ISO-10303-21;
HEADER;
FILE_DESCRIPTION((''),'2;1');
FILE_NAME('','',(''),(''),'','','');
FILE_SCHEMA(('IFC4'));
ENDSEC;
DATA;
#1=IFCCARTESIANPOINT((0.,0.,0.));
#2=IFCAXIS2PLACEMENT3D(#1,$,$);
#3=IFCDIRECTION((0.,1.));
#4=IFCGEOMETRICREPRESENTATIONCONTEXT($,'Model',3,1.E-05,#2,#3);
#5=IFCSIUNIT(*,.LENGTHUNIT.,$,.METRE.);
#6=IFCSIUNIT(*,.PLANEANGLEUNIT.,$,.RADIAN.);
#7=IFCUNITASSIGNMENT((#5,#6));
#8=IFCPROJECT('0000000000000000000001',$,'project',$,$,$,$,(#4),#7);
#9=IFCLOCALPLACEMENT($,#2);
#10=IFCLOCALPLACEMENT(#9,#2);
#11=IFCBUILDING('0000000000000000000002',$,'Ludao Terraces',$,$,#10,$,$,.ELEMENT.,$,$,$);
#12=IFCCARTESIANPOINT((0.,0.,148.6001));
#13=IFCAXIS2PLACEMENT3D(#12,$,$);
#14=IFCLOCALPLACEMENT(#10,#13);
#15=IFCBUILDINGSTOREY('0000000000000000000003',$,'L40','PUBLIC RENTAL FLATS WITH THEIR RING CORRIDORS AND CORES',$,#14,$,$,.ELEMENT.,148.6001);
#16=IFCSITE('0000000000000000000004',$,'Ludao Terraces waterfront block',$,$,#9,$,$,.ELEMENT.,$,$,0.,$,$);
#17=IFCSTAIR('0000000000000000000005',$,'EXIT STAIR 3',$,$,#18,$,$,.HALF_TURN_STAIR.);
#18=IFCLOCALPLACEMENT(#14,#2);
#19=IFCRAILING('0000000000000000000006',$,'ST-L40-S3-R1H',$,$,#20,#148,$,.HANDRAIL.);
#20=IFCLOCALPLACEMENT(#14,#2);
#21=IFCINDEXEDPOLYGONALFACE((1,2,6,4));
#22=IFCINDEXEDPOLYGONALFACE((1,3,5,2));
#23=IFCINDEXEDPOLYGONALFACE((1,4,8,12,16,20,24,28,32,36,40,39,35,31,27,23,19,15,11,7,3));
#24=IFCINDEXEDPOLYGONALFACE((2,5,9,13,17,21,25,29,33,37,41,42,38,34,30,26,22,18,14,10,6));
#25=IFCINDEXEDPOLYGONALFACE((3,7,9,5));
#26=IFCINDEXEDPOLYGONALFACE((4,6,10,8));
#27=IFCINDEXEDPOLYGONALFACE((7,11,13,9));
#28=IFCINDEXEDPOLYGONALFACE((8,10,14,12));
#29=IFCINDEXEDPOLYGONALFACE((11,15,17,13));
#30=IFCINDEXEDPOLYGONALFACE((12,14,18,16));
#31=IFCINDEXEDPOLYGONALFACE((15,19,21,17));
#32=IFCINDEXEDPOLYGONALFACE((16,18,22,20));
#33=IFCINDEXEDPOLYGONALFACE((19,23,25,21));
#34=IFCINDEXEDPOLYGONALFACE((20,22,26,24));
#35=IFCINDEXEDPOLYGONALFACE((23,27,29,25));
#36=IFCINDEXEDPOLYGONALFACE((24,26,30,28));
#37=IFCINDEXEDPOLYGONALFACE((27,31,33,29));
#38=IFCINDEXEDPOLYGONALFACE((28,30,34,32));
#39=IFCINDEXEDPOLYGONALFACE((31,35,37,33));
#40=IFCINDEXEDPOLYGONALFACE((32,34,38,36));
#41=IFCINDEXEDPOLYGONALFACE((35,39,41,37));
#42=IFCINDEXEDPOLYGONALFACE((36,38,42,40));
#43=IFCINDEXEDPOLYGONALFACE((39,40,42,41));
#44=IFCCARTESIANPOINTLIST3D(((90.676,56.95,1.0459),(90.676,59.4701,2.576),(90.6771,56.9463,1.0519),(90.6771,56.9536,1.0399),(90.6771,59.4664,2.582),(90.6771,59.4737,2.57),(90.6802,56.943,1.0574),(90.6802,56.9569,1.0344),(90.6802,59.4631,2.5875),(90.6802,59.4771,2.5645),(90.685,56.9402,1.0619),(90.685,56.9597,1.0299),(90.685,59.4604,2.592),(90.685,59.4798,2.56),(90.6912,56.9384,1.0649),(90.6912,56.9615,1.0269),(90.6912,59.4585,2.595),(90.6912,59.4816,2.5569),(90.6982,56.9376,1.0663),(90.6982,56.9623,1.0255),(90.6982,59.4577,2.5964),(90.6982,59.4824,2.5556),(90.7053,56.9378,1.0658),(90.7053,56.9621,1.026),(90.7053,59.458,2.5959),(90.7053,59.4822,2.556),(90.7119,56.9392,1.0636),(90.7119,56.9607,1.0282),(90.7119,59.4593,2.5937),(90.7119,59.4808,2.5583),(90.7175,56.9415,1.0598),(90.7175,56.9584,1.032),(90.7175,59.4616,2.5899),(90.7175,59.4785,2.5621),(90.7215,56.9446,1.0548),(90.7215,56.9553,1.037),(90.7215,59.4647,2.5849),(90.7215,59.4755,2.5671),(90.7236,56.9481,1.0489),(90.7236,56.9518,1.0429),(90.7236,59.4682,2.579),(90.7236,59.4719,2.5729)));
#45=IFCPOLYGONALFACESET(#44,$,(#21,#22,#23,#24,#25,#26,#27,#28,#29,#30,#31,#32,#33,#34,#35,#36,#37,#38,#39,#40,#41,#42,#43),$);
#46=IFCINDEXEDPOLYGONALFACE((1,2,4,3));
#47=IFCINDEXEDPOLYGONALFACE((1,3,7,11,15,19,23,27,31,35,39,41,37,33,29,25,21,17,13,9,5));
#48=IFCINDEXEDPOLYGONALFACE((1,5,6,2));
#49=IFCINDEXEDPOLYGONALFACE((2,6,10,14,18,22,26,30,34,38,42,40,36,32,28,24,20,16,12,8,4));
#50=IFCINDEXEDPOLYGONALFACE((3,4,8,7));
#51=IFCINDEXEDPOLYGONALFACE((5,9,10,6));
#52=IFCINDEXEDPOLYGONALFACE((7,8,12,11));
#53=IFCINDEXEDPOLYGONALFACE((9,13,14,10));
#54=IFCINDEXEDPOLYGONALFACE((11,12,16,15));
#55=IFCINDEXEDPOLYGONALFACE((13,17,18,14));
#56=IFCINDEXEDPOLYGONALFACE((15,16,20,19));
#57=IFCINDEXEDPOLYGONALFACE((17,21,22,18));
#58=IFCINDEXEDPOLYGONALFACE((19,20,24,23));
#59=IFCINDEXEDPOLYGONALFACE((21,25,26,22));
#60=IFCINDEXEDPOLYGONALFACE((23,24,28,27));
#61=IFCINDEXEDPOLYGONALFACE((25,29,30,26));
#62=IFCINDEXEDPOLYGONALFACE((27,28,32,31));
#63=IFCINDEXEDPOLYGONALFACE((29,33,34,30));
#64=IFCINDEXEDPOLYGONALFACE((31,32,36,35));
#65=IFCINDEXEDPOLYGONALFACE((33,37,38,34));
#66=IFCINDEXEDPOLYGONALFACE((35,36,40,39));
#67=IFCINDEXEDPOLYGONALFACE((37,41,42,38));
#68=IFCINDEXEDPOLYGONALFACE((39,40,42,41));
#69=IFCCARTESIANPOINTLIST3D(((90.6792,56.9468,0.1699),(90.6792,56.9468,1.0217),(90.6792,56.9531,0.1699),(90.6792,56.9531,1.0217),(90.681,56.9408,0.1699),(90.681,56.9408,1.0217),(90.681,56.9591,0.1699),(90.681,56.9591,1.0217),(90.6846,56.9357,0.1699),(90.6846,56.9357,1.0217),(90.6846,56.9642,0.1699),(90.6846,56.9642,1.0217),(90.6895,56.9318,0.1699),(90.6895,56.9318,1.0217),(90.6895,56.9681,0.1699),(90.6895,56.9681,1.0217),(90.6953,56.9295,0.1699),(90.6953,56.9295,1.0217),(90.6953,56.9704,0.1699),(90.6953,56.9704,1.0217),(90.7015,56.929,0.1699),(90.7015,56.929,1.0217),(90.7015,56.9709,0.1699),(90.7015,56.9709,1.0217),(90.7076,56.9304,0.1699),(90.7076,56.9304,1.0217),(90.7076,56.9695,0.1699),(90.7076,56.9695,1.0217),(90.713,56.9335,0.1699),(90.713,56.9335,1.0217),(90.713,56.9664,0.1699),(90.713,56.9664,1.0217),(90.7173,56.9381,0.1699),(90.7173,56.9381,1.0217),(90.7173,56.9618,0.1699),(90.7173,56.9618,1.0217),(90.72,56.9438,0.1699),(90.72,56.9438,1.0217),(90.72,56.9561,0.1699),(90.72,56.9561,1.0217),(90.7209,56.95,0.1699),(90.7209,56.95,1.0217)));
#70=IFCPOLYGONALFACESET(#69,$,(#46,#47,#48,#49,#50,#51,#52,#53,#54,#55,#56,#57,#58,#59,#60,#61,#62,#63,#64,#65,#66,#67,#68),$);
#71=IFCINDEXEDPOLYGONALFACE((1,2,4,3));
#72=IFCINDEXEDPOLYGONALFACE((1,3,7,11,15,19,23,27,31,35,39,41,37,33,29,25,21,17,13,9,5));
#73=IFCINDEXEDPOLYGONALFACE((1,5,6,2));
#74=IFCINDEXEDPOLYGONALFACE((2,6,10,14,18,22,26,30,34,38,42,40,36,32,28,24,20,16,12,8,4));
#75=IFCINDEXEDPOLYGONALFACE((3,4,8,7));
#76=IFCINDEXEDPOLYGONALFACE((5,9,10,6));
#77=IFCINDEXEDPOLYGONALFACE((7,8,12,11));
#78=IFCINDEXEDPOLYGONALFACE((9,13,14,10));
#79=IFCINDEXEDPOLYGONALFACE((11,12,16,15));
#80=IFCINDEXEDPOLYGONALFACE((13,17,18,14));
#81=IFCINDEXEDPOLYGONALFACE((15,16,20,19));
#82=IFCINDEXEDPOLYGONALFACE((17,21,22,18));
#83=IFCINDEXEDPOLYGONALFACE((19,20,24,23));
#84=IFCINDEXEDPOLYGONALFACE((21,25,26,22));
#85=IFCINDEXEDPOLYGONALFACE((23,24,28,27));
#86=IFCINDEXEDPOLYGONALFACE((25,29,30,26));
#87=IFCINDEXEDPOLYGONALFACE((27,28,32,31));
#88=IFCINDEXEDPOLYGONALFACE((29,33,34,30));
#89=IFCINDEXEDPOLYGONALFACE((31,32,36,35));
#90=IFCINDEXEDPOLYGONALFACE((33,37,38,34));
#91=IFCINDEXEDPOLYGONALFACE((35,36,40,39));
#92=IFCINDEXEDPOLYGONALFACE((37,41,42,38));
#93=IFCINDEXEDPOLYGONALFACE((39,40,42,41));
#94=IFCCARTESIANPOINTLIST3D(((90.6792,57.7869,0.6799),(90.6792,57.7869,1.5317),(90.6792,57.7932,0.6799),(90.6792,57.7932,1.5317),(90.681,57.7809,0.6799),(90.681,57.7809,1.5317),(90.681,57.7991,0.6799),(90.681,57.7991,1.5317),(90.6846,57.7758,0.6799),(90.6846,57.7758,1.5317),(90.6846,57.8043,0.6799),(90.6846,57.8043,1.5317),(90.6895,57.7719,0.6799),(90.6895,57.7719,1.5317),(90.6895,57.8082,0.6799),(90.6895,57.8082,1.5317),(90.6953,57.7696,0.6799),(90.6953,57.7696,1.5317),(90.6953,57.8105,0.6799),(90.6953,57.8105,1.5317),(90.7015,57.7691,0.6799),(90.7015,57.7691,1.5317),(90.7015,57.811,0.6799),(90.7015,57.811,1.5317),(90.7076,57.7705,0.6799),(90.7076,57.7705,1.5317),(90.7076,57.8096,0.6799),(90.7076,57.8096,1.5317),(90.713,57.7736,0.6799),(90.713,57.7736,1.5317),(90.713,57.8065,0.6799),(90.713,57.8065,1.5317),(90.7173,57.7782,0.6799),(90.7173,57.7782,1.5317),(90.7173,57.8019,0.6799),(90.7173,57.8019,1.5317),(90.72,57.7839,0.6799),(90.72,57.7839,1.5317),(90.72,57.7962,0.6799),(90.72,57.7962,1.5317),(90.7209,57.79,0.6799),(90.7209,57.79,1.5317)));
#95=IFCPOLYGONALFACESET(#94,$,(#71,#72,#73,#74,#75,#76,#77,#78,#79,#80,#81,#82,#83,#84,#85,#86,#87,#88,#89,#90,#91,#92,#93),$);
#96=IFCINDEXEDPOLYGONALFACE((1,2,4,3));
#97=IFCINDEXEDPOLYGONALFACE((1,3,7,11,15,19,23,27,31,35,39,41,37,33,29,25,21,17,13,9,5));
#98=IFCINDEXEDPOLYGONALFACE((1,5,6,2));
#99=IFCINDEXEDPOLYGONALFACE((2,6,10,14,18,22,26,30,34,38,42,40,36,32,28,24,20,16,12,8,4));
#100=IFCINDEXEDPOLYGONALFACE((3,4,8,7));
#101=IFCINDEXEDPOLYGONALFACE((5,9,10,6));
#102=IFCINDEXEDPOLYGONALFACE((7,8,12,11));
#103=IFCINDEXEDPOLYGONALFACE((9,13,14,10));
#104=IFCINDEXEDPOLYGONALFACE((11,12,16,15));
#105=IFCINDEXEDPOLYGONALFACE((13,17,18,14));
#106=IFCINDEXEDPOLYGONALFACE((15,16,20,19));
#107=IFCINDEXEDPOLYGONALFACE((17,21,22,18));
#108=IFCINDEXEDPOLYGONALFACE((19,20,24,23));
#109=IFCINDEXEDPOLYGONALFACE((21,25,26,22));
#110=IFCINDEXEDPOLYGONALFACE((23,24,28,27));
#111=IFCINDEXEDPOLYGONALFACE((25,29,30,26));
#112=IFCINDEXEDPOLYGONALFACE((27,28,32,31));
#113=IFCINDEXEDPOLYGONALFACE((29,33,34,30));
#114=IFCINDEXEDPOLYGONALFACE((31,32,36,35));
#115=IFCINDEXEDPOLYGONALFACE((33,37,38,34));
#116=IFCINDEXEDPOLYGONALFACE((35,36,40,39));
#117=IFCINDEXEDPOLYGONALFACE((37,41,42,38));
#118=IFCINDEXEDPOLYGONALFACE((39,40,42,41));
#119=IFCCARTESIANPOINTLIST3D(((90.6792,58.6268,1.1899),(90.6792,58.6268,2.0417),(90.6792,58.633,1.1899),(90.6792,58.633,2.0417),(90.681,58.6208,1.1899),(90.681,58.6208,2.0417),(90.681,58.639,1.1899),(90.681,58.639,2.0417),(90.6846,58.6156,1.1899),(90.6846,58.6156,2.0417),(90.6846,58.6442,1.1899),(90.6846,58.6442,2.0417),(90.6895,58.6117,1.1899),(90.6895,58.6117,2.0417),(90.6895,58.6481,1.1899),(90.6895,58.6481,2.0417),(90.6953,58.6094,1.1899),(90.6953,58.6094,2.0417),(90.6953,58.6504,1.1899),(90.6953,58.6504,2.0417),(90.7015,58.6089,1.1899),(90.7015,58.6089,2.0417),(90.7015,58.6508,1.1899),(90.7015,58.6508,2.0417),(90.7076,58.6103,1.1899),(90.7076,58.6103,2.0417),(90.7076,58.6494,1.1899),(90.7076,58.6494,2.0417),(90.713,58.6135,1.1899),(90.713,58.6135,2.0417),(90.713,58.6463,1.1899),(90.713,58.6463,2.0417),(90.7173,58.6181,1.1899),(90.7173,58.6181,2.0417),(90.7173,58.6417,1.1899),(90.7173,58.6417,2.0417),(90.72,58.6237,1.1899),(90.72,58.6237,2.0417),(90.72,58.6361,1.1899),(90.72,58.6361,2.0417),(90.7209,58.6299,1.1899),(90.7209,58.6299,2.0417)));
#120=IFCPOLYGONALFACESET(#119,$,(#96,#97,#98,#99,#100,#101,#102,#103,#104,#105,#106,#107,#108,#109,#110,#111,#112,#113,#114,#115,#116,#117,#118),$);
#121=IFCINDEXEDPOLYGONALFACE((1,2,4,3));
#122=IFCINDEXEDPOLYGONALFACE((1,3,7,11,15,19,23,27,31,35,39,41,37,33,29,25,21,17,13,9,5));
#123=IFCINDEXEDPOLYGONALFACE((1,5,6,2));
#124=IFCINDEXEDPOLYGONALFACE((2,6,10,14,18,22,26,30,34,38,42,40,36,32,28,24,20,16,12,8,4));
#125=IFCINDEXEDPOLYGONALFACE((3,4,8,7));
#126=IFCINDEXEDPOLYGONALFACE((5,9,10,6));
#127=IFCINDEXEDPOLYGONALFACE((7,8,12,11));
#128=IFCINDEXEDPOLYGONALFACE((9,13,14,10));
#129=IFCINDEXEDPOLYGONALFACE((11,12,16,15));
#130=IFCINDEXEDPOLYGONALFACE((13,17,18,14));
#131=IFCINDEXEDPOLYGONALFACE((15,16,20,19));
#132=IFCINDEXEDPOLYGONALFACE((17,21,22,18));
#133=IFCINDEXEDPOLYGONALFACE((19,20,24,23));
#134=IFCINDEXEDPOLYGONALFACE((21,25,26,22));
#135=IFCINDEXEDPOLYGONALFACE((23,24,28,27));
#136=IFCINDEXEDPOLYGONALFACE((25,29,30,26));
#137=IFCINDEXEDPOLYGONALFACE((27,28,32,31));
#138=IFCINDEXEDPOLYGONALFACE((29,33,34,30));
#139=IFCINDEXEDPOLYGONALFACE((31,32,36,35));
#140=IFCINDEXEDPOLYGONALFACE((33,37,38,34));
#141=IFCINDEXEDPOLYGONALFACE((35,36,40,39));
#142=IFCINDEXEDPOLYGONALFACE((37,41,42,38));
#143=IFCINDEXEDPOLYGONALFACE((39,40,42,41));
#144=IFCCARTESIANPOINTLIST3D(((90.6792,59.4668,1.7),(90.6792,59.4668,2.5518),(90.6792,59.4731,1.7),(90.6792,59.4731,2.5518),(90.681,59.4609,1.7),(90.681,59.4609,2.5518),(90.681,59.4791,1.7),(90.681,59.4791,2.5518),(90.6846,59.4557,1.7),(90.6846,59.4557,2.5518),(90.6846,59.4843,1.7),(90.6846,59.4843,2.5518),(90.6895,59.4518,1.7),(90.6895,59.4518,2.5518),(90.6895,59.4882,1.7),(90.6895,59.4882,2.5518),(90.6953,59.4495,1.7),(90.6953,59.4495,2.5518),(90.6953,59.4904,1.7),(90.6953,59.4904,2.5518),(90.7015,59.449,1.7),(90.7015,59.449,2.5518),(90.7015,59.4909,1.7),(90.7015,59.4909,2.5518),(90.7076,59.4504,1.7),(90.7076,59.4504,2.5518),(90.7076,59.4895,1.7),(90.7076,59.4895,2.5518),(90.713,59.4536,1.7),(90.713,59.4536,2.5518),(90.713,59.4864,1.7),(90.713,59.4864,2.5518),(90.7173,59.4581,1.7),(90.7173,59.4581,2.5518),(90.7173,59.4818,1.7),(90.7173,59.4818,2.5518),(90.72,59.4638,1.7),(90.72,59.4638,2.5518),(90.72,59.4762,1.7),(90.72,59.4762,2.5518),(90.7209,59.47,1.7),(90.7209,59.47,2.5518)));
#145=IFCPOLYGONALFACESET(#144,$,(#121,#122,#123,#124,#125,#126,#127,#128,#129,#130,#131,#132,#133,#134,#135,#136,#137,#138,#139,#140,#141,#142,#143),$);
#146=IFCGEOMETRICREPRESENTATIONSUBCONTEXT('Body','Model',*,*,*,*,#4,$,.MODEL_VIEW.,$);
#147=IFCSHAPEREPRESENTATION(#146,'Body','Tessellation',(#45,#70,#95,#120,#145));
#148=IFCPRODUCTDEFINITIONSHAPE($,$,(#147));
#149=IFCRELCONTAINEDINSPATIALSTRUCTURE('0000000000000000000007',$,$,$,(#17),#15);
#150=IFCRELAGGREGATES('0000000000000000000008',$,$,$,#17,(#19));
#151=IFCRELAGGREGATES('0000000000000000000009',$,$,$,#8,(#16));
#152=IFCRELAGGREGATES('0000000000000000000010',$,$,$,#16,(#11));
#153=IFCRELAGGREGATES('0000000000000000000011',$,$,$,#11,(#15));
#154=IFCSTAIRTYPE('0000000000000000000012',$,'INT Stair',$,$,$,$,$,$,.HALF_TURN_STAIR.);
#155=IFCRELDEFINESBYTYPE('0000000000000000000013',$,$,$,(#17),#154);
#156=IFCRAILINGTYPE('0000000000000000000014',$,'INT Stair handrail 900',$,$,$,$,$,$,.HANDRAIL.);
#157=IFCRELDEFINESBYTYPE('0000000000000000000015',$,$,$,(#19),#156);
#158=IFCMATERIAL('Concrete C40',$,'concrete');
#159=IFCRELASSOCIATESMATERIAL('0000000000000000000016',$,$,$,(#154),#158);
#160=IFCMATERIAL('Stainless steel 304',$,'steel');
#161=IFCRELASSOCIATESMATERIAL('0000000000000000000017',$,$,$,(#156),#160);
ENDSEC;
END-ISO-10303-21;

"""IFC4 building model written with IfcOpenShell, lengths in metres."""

from ifc_helpers import new_model, si_unit, direction, frame, origin, origin_2d, place, context, subcontext, project, spatial, circle, extrude, material, type_object, element, aggregate, save


model = new_model("IFC4")

# Units and contexts
model_context = context("Model", 3, precision=1e-05, world=origin(), true_north=direction((0.0, 1.0)))
body_context = subcontext(model_context, "Body", "Model", "MODEL_VIEW")
ifc_project = project(units=[si_unit("LENGTHUNIT", "METRE"), si_unit("PLANEANGLEUNIT", "RADIAN")], contexts=[model_context])

# Site, building, storey
site_placement = place(None, origin())
site = spatial("IfcSite", under=ifc_project, at=site_placement, Name="Ludao Terraces waterfront block", CompositionType="ELEMENT", RefElevation=0.0)
building_placement = place(site_placement, origin())
building = spatial("IfcBuilding", under=site, at=building_placement, Name="Ludao Terraces", CompositionType="ELEMENT")
storey_placement = place(building_placement, frame((0.0, 0.0, 148.6001)))
storey = spatial("IfcBuildingStorey", under=building, at=storey_placement, Name="L40", Description="PUBLIC RENTAL FLATS WITH THEIR RING CORRIDORS AND CORES", CompositionType="ELEMENT", Elevation=148.6001)

# Shared definitions
ifc_material_1 = material(Name="Concrete C40", Category="concrete")

# Stair, railing
stair_type = type_object("IfcStairType", Name="INT Stair", PredefinedType="HALF_TURN_STAIR", material=ifc_material_1)
stair_placement = place(storey_placement, origin())
stair = element("IfcStair", 1, at=stair_placement, inside=storey, type_object=stair_type, Name="EXIT STAIR 3", PredefinedType="HALF_TURN_STAIR")
ifc_material_2 = material(Name="Stainless steel 304", Category="steel")
railing_type_1 = type_object("IfcRailingType", Name="INT Stair handrail 900", PredefinedType="HANDRAIL", material=ifc_material_2)
railing_1_placement = place(storey_placement, frame((90.7, 56.95, 0.1699)))
railing_1 = element("IfcRailing", 2, at=railing_1_placement, type_object=railing_type_1, Name="ST-L40-S3-R1H", PredefinedType="HANDRAIL", context=body_context, shape_type="SweptSolid", body=[
    extrude(circle(Radius=0.0239, at=origin_2d()), frame((0.0, 0.0, 0.876), z_axis=(0.0, 0.854785, 0.518982), x_axis=(-1.0, 0.0, 0.0)), (0.0, 0.0, 1.0), 2.9482),
    extrude(circle(Radius=0.021, at=origin_2d()), origin(), (0.0, 0.0, 1.0), 0.8518),
    extrude(circle(Radius=0.021, at=origin_2d()), frame((0.0, 0.8401, 0.51)), (0.0, 0.0, 1.0), 0.8518),
    extrude(circle(Radius=0.021, at=origin_2d()), frame((0.0, 1.6799, 1.02)), (0.0, 0.0, 1.0), 0.8518),
    extrude(circle(Radius=0.021, at=origin_2d()), frame((0.0, 2.52, 1.53)), (0.0, 0.0, 1.0), 0.8518),
])
aggregate(stair, [railing_1])

save(model, "model.ifc")
